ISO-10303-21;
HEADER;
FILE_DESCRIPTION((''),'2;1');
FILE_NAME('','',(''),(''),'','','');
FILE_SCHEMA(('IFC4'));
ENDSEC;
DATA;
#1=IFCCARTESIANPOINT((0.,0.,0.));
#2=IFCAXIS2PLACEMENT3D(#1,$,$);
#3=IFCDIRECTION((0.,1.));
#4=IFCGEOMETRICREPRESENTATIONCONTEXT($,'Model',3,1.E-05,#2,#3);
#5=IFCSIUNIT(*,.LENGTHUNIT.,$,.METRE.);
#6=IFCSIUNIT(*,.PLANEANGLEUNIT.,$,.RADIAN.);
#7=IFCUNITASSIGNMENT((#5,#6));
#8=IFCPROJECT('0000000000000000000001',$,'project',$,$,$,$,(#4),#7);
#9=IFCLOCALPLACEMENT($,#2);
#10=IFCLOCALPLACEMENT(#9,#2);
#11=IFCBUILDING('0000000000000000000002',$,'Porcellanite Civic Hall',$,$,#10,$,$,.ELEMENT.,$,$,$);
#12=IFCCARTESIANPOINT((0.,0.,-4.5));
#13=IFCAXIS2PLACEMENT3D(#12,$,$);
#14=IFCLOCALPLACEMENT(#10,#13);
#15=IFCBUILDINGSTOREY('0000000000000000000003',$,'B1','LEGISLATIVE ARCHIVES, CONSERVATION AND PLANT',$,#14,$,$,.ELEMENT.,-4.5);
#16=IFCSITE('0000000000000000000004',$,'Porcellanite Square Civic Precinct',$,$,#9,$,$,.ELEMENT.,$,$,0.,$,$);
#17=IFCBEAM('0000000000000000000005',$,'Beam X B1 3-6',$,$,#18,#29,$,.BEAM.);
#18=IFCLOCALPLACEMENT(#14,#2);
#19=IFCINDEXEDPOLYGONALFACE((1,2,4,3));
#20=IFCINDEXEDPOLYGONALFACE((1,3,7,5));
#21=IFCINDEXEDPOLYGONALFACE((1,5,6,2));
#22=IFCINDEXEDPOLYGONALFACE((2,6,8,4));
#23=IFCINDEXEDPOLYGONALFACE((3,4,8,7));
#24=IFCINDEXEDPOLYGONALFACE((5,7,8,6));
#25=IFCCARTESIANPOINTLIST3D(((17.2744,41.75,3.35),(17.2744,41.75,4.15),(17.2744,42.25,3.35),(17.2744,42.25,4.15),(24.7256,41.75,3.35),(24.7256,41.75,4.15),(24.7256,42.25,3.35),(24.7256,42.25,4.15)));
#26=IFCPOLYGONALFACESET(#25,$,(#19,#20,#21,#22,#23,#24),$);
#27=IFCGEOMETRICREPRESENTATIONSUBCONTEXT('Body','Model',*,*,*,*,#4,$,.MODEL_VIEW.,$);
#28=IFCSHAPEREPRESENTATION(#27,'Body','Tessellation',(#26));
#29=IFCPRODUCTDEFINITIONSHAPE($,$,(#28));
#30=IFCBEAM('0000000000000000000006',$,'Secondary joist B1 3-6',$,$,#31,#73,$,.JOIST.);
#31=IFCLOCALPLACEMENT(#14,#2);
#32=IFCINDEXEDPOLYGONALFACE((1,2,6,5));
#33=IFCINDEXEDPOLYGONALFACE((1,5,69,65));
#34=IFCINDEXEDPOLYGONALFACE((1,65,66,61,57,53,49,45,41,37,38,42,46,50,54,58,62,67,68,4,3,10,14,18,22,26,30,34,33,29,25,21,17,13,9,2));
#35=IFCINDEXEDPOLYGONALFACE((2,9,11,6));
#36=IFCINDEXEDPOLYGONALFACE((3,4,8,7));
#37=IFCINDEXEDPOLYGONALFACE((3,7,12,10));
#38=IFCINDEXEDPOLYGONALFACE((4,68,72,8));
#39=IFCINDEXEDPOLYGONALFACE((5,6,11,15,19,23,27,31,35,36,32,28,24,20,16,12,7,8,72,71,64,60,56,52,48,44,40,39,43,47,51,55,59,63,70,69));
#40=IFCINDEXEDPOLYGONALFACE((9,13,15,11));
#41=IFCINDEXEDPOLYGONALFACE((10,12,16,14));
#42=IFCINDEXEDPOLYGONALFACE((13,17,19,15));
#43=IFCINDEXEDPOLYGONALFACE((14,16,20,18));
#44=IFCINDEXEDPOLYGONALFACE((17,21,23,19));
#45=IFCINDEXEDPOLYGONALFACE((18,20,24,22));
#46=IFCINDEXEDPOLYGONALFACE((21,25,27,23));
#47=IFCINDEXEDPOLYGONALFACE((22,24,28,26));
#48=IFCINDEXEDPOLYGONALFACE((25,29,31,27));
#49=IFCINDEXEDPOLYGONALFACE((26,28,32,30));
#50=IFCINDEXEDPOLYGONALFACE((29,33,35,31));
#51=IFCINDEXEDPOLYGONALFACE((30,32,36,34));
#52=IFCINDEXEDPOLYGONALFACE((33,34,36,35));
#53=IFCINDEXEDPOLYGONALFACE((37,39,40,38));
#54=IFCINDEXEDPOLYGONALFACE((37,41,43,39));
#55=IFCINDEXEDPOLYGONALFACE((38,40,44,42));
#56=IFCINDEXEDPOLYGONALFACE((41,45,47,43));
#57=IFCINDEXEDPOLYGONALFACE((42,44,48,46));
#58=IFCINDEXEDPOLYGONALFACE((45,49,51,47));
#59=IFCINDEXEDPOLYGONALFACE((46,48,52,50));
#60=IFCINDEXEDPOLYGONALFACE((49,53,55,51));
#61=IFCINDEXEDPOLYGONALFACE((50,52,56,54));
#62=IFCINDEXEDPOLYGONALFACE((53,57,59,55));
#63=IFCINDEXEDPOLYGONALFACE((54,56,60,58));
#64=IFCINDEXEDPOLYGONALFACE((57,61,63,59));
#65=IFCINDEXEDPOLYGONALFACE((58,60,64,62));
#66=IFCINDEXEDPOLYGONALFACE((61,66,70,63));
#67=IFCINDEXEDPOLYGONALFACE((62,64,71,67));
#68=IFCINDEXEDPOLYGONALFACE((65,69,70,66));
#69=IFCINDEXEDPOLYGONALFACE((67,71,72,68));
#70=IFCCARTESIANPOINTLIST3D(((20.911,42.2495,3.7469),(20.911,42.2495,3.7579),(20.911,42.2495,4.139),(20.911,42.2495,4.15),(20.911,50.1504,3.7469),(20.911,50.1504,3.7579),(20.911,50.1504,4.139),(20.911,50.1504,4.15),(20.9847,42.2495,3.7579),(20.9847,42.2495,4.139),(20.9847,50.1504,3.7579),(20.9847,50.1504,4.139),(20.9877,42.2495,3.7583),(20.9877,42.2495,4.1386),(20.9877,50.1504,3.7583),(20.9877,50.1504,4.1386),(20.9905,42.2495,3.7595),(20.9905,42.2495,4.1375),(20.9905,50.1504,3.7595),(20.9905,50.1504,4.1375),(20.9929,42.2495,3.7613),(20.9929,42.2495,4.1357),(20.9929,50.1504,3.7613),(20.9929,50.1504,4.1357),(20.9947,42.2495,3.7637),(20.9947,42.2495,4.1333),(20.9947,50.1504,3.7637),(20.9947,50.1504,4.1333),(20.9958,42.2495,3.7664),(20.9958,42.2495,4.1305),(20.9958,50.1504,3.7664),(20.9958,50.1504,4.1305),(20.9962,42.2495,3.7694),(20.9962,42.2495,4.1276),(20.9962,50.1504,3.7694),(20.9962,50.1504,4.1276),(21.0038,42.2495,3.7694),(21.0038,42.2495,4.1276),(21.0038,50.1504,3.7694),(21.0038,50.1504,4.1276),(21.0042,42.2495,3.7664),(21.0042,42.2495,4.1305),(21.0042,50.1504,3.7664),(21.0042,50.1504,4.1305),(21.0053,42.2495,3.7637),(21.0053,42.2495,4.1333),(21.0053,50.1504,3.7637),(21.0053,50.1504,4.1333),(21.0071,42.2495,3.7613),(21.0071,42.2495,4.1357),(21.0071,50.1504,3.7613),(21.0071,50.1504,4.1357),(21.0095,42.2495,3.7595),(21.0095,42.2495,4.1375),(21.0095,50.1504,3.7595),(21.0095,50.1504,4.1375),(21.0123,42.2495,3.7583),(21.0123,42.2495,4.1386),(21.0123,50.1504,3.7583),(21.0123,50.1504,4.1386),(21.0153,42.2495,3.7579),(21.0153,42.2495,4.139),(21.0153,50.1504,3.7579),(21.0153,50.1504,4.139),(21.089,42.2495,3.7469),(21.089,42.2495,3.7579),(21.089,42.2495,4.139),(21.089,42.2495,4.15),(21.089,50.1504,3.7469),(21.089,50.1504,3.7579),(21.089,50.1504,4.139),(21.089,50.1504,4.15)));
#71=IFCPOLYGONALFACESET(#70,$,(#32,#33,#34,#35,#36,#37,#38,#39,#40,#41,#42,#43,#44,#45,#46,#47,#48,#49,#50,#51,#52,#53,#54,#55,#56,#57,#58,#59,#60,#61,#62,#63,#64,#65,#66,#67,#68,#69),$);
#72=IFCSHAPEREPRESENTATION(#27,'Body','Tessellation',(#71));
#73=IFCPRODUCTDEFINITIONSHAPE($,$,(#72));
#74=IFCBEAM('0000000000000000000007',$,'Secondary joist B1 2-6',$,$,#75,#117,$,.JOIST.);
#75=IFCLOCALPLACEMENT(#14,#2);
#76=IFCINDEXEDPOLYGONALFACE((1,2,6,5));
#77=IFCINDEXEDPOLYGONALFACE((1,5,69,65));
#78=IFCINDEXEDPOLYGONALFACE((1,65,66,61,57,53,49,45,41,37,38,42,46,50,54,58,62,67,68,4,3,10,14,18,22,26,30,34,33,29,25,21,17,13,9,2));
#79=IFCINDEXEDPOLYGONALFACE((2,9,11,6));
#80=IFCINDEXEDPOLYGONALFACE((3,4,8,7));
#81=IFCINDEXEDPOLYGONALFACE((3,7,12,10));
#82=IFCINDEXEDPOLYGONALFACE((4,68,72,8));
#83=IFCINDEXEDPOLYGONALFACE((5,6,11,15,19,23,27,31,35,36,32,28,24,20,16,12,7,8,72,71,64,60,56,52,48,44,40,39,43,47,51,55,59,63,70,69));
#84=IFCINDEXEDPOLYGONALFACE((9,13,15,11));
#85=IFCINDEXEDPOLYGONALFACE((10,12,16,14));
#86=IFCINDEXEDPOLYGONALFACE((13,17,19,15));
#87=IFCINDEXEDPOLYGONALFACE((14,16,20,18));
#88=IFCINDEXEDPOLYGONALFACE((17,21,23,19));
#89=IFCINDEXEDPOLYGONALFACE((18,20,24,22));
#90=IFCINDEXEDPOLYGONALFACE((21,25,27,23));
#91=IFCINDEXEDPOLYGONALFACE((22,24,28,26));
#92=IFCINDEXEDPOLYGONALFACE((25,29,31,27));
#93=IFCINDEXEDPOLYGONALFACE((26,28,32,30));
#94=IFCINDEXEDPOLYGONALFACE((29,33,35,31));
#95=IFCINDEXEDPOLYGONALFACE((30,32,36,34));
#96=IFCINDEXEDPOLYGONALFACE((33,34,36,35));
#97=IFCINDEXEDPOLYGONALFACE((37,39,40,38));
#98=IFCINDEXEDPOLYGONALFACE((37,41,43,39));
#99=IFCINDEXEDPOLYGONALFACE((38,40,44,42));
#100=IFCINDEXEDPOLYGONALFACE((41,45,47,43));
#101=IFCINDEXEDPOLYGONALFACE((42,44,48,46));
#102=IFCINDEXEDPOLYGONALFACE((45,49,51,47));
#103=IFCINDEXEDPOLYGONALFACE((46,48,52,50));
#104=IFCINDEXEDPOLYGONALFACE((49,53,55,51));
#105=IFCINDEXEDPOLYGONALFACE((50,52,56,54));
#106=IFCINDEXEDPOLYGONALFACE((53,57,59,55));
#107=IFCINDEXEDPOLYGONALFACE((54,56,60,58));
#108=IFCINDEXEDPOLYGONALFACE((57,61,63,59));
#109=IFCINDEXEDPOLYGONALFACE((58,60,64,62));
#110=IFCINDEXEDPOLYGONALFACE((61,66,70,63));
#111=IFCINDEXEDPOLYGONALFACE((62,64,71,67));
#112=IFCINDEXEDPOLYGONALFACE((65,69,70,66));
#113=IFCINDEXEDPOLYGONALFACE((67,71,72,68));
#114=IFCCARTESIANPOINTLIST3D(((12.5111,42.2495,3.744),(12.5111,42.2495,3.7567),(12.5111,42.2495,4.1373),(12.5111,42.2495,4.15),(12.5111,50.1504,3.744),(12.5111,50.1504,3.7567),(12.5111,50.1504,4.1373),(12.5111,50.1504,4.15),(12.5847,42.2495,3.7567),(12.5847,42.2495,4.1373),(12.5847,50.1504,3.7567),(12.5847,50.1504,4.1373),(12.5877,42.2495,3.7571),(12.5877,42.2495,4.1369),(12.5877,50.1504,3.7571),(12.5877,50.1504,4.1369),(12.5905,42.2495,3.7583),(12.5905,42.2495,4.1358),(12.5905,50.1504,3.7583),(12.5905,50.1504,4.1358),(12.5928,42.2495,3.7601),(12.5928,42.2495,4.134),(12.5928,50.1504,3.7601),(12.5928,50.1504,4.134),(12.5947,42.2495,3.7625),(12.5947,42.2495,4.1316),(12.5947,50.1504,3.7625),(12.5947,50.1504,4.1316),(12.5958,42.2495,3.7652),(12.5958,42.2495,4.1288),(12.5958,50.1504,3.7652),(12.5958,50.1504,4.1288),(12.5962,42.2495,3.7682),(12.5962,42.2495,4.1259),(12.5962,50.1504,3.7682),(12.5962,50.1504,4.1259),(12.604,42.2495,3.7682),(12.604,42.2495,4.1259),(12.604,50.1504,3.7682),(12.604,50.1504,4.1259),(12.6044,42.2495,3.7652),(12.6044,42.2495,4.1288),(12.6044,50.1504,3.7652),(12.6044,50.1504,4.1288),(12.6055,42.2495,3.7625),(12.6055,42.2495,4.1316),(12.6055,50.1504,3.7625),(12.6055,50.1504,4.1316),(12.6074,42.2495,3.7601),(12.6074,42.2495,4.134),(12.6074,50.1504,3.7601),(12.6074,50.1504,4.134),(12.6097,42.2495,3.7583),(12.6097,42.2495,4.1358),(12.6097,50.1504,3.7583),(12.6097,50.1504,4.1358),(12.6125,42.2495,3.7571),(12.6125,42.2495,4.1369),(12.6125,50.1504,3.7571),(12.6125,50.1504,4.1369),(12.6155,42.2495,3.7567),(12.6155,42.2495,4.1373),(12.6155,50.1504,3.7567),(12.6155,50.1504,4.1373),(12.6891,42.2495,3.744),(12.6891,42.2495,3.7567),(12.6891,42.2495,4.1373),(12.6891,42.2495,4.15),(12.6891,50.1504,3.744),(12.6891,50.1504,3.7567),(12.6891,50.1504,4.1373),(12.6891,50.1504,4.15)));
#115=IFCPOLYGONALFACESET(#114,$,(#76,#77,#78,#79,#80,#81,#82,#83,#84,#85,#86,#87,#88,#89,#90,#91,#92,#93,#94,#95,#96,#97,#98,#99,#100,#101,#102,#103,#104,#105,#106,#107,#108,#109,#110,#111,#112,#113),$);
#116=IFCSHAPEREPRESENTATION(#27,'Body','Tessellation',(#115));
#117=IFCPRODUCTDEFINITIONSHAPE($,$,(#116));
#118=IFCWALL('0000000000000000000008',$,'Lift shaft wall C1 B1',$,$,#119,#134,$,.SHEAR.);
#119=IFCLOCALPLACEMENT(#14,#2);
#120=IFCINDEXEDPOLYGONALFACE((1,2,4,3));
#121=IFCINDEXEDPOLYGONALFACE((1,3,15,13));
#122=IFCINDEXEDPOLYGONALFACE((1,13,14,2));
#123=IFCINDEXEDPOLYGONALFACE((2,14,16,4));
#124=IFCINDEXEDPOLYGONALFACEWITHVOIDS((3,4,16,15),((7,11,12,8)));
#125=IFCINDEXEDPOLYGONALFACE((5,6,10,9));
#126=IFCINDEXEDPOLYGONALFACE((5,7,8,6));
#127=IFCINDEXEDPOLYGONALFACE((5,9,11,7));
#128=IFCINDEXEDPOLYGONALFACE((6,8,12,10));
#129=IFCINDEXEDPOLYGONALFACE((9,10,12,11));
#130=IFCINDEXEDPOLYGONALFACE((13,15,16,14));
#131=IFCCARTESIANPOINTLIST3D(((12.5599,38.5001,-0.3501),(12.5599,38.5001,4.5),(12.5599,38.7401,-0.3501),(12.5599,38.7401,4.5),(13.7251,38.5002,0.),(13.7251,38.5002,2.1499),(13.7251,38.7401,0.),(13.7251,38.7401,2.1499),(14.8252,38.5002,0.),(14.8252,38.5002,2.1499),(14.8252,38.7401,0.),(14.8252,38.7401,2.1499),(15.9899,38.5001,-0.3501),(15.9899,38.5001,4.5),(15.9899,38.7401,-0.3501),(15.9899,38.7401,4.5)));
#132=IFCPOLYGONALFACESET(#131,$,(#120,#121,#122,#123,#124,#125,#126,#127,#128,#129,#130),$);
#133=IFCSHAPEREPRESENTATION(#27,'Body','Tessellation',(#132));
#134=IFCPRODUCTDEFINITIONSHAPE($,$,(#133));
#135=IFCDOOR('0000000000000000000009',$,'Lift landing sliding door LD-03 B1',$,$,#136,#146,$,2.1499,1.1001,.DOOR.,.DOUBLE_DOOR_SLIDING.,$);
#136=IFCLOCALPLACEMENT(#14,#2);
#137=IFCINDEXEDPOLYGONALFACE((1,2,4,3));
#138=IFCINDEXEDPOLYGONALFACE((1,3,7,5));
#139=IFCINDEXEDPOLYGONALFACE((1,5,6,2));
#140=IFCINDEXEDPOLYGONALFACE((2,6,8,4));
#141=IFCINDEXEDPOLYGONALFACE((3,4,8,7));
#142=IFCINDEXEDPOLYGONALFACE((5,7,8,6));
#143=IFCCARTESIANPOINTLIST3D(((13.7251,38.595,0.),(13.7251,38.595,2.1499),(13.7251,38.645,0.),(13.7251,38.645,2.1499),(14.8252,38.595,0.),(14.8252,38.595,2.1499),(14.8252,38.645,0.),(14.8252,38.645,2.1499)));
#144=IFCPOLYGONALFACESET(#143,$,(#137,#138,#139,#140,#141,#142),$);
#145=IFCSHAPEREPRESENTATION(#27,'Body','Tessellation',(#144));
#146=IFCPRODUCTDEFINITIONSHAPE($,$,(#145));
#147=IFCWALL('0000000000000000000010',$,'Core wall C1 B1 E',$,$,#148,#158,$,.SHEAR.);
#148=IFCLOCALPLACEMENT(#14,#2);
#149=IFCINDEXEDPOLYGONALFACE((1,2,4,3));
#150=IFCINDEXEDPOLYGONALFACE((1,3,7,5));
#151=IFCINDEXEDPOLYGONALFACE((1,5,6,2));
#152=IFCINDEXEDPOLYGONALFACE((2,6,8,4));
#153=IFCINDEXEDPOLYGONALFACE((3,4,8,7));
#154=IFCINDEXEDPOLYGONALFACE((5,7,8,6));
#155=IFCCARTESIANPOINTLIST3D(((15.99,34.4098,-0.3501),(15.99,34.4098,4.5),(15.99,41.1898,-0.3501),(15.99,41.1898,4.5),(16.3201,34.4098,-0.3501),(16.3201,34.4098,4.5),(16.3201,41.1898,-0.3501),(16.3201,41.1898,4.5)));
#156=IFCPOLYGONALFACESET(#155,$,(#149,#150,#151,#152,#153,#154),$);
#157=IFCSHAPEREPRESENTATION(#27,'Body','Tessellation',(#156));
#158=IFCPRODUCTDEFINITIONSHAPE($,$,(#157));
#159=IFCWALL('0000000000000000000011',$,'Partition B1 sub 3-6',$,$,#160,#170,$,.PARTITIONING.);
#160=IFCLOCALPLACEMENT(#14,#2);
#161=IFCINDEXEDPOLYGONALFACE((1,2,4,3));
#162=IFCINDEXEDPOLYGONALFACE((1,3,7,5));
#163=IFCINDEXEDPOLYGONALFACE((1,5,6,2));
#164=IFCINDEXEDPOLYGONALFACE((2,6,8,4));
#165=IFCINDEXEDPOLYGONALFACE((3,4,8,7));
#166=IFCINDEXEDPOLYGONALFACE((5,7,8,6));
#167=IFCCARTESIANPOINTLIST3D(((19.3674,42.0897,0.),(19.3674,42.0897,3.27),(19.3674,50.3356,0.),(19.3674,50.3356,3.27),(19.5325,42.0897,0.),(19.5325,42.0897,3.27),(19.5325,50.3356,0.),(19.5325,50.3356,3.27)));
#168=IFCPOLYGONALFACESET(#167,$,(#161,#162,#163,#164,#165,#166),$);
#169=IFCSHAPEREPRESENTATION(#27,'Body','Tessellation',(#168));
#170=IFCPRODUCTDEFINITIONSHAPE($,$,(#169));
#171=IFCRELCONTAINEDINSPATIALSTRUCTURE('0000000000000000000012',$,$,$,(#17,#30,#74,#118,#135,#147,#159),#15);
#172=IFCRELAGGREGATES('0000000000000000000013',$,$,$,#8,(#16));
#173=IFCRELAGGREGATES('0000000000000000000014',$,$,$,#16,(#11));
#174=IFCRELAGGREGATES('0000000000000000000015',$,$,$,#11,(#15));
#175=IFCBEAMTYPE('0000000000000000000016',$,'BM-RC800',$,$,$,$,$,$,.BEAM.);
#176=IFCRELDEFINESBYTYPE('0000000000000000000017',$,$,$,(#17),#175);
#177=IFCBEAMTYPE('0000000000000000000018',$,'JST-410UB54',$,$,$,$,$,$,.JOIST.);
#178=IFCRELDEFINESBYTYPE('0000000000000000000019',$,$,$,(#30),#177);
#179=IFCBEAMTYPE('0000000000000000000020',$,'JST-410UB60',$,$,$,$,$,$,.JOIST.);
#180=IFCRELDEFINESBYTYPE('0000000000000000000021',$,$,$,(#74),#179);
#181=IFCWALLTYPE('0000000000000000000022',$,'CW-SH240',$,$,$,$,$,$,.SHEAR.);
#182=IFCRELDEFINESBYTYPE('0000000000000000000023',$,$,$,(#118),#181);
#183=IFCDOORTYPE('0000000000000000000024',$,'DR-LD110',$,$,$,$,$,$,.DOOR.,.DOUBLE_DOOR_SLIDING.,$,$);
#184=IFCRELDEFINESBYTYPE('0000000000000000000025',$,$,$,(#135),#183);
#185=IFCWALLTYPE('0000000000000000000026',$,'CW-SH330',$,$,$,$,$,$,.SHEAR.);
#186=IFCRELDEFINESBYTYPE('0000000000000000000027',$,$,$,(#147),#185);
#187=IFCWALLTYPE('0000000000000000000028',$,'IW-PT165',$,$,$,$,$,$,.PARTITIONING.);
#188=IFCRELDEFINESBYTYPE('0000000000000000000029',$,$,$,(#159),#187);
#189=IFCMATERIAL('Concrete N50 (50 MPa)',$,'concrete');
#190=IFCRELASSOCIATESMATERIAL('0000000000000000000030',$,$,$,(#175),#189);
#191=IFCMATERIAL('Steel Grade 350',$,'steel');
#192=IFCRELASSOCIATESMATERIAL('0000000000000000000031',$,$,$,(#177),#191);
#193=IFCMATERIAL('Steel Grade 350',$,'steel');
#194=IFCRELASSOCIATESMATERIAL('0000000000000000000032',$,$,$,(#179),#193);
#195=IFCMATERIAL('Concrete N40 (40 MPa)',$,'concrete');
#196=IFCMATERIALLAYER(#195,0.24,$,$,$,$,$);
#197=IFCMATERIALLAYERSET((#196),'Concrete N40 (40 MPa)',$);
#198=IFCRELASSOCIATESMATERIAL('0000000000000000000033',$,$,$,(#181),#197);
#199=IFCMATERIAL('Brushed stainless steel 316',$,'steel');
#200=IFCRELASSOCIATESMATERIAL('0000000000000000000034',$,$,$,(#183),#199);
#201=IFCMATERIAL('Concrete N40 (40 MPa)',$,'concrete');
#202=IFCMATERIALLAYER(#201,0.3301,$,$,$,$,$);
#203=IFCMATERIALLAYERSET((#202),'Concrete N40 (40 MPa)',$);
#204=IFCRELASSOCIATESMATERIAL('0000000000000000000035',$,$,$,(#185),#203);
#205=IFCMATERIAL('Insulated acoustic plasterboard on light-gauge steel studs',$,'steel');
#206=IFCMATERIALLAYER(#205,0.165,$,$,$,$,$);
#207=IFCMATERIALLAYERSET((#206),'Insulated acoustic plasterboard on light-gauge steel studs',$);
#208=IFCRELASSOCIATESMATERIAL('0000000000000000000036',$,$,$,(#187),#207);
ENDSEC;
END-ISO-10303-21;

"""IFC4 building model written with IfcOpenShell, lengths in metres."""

from ifc_helpers import new_model, si_unit, direction, frame, frame_2d, origin, origin_2d, place, context, subcontext, project, spatial, rectangle, i_section, extrude, material, layer, layer_set, material_profile, profile_set, type_object, element, fill, save


model = new_model("IFC4")

# Units and contexts
model_context = context("Model", 3, precision=1e-05, world=origin(), true_north=direction((0.0, 1.0)))
body_context = subcontext(model_context, "Body", "Model", "MODEL_VIEW")
ifc_project = project(units=[si_unit("LENGTHUNIT", "METRE"), si_unit("PLANEANGLEUNIT", "RADIAN")], contexts=[model_context])

# Site, building, storey
site_placement = place(None, origin())
site = spatial("IfcSite", under=ifc_project, at=site_placement, Name="Porcellanite Square Civic Precinct", CompositionType="ELEMENT", RefElevation=0.0)
building_placement = place(site_placement, origin())
building = spatial("IfcBuilding", under=site, at=building_placement, Name="Porcellanite Civic Hall", CompositionType="ELEMENT")
storey_placement = place(building_placement, frame((0.0, 0.0, -4.5)))
storey = spatial("IfcBuildingStorey", under=building, at=storey_placement, Name="B1", Description="LEGISLATIVE ARCHIVES, CONSERVATION AND PLANT", CompositionType="ELEMENT", Elevation=-4.5)

# Beams
ifc_material_1 = material(Name="Concrete N50 (50 MPa)", Category="concrete")
ifc_material_profile_1 = material_profile(ifc_material_1, rectangle(XDim=0.5, YDim=0.8, at=origin_2d()), Name="RC-500x800")
ifc_profile_set_1 = profile_set([ifc_material_profile_1], Name="Concrete N50 (50 MPa)")
beam_type_1 = type_object("IfcBeamType", Name="BM-RC800", PredefinedType="BEAM", material=ifc_profile_set_1)
beam_1_placement = place(storey_placement, frame((17.2744, 42.0, 3.75), z_axis=(1.0, 0.0, 0.0), x_axis=(0.0, 1.0, 0.0)))
element("IfcBeam", 1, at=beam_1_placement, inside=storey, type_object=beam_type_1, Name="Beam X B1 3-6", PredefinedType="BEAM", context=body_context, shape_type="SweptSolid", body=[
    extrude(rectangle(XDim=0.5, YDim=0.8, at=origin_2d()), origin(), (0.0, 0.0, 1.0), 7.4512),
])
ifc_material_2 = material(Name="Steel Grade 350", Category="steel")
ifc_material_profile_2 = material_profile(ifc_material_2, i_section(OverallWidth=0.178, OverallDepth=0.4031, WebThickness=0.0076, FlangeThickness=0.011, FilletRadius=0.0115, at=origin_2d()), Name="410UB53.7")
ifc_profile_set_2 = profile_set([ifc_material_profile_2], Name="Steel Grade 350")
beam_type_2 = type_object("IfcBeamType", Name="JST-410UB54", PredefinedType="JOIST", material=ifc_profile_set_2)
beam_2_placement = place(storey_placement, frame((21.0, 42.2495, 3.9485), z_axis=(0.0, 1.0, 0.0), x_axis=(-1.0, 0.0, 0.0)))
element("IfcBeam", 2, at=beam_2_placement, inside=storey, type_object=beam_type_2, Name="Secondary joist B1 3-6", PredefinedType="JOIST", context=body_context, shape_type="SweptSolid", body=[
    extrude(i_section(OverallWidth=0.178, OverallDepth=0.4031, WebThickness=0.0076, FlangeThickness=0.011, FilletRadius=0.0115, at=origin_2d()), origin(), (0.0, 0.0, 1.0), 7.9009),
])
ifc_material_3 = material(Name="Steel Grade 350", Category="steel")
ifc_material_profile_3 = material_profile(ifc_material_3, i_section(OverallWidth=0.178, OverallDepth=0.406, WebThickness=0.0078, FlangeThickness=0.0127, FilletRadius=0.0115, at=origin_2d()), Name="410UB59.7")
ifc_profile_set_3 = profile_set([ifc_material_profile_3], Name="Steel Grade 350")
beam_type_3 = type_object("IfcBeamType", Name="JST-410UB60", PredefinedType="JOIST", material=ifc_profile_set_3)
beam_3_placement = place(storey_placement, frame((12.6001, 42.2495, 3.947), z_axis=(0.0, 1.0, 0.0), x_axis=(-1.0, 0.0, 0.0)))
element("IfcBeam", 3, at=beam_3_placement, inside=storey, type_object=beam_type_3, Name="Secondary joist B1 2-6", PredefinedType="JOIST", context=body_context, shape_type="SweptSolid", body=[
    extrude(i_section(OverallWidth=0.178, OverallDepth=0.406, WebThickness=0.0078, FlangeThickness=0.0127, FilletRadius=0.0115, at=origin_2d()), origin(), (0.0, 0.0, 1.0), 7.9009),
])

# Wall, opening, door
ifc_material_4 = material(Name="Concrete N40 (40 MPa)", Category="concrete")
ifc_layer_1 = layer(ifc_material_4, 0.24)
ifc_layer_set_1 = layer_set([ifc_layer_1], Name="Concrete N40 (40 MPa)")
wall_type_1 = type_object("IfcWallType", Name="CW-SH240", PredefinedType="SHEAR", material=ifc_layer_set_1)
wall_1_placement = place(storey_placement, frame((12.5601, 38.6201, -0.3501), z_axis=(0.0, 0.0, 1.0), x_axis=(1.0, 0.0, 0.0)))
wall_1 = element("IfcWall", 4, at=wall_1_placement, inside=storey, type_object=wall_type_1, Name="Lift shaft wall C1 B1", PredefinedType="SHEAR", context=body_context, shape_type="SweptSolid", body=[
    extrude(rectangle(XDim=3.4299, YDim=0.24, at=frame_2d((1.7148, 0.0))), origin(), (0.0, 0.0, 1.0), 4.8501),
])
opening_placement = place(wall_1_placement, frame((1.165, 0.0, 0.3501)))
opening = element("IfcOpeningElement", 5, at=opening_placement, cuts=wall_1, PredefinedType="OPENING", context=body_context, shape_type="SweptSolid", body=[
    extrude(rectangle(XDim=1.1001, YDim=2.1499, at=frame_2d((0.55, 1.075))), frame((0.0, 0.1201, 0.0), z_axis=(0.0, -1.0, 0.0), x_axis=(1.0, 0.0, 0.0)), (0.0, 0.0, 1.0), 0.24),
])
ifc_material_5 = material(Name="Brushed stainless steel 316", Category="steel")
door_type = type_object("IfcDoorType", Name="DR-LD110", OperationType="DOUBLE_DOOR_SLIDING", PredefinedType="DOOR", material=ifc_material_5)
door_placement = place(opening_placement, origin())
door = element("IfcDoor", 6, at=door_placement, inside=storey, type_object=door_type, Name="Lift landing sliding door LD-03 B1", OperationType="DOUBLE_DOOR_SLIDING", OverallHeight=2.1499, OverallWidth=1.1001, PredefinedType="DOOR", context=body_context, shape_type="SweptSolid", body=[
    extrude(rectangle(XDim=1.1001, YDim=2.1499, at=frame_2d((0.55, 1.075))), frame((0.0, 0.0249, 0.0), z_axis=(0.0, -1.0, 0.0), x_axis=(1.0, 0.0, 0.0)), (0.0, 0.0, 1.0), 0.05),
])
fill(opening, door)

# Walls
ifc_material_6 = material(Name="Concrete N40 (40 MPa)", Category="concrete")
ifc_layer_2 = layer(ifc_material_6, 0.3301)
ifc_layer_set_2 = layer_set([ifc_layer_2], Name="Concrete N40 (40 MPa)")
wall_type_2 = type_object("IfcWallType", Name="CW-SH330", PredefinedType="SHEAR", material=ifc_layer_set_2)
wall_2_placement = place(storey_placement, frame((16.155, 41.1899, -0.3501), z_axis=(0.0, 0.0, 1.0), x_axis=(0.0, -1.0, 0.0)))
element("IfcWall", 7, at=wall_2_placement, inside=storey, type_object=wall_type_2, Name="Core wall C1 B1 E", PredefinedType="SHEAR", context=body_context, shape_type="SweptSolid", body=[
    extrude(rectangle(XDim=6.78, YDim=0.3301, at=frame_2d((3.3901, 0.0))), origin(), (0.0, 0.0, 1.0), 4.8501),
])
ifc_material_7 = material(Name="Insulated acoustic plasterboard on light-gauge steel studs", Category="steel")
ifc_layer_3 = layer(ifc_material_7, 0.165)
ifc_layer_set_3 = layer_set([ifc_layer_3], Name="Insulated acoustic plasterboard on light-gauge steel studs")
wall_type_3 = type_object("IfcWallType", Name="IW-PT165", PredefinedType="PARTITIONING", material=ifc_layer_set_3)
wall_3_placement = place(storey_placement, frame((19.45, 42.0896, 0.0), z_axis=(0.0, 0.0, 1.0), x_axis=(0.0, 1.0, 0.0)))
element("IfcWall", 8, at=wall_3_placement, inside=storey, type_object=wall_type_3, Name="Partition B1 sub 3-6", PredefinedType="PARTITIONING", context=body_context, shape_type="SweptSolid", body=[
    extrude(rectangle(XDim=8.2458, YDim=0.165, at=frame_2d((4.123, 0.0))), origin(), (0.0, 0.0, 1.0), 3.27),
])

save(model, "model.ifc")
